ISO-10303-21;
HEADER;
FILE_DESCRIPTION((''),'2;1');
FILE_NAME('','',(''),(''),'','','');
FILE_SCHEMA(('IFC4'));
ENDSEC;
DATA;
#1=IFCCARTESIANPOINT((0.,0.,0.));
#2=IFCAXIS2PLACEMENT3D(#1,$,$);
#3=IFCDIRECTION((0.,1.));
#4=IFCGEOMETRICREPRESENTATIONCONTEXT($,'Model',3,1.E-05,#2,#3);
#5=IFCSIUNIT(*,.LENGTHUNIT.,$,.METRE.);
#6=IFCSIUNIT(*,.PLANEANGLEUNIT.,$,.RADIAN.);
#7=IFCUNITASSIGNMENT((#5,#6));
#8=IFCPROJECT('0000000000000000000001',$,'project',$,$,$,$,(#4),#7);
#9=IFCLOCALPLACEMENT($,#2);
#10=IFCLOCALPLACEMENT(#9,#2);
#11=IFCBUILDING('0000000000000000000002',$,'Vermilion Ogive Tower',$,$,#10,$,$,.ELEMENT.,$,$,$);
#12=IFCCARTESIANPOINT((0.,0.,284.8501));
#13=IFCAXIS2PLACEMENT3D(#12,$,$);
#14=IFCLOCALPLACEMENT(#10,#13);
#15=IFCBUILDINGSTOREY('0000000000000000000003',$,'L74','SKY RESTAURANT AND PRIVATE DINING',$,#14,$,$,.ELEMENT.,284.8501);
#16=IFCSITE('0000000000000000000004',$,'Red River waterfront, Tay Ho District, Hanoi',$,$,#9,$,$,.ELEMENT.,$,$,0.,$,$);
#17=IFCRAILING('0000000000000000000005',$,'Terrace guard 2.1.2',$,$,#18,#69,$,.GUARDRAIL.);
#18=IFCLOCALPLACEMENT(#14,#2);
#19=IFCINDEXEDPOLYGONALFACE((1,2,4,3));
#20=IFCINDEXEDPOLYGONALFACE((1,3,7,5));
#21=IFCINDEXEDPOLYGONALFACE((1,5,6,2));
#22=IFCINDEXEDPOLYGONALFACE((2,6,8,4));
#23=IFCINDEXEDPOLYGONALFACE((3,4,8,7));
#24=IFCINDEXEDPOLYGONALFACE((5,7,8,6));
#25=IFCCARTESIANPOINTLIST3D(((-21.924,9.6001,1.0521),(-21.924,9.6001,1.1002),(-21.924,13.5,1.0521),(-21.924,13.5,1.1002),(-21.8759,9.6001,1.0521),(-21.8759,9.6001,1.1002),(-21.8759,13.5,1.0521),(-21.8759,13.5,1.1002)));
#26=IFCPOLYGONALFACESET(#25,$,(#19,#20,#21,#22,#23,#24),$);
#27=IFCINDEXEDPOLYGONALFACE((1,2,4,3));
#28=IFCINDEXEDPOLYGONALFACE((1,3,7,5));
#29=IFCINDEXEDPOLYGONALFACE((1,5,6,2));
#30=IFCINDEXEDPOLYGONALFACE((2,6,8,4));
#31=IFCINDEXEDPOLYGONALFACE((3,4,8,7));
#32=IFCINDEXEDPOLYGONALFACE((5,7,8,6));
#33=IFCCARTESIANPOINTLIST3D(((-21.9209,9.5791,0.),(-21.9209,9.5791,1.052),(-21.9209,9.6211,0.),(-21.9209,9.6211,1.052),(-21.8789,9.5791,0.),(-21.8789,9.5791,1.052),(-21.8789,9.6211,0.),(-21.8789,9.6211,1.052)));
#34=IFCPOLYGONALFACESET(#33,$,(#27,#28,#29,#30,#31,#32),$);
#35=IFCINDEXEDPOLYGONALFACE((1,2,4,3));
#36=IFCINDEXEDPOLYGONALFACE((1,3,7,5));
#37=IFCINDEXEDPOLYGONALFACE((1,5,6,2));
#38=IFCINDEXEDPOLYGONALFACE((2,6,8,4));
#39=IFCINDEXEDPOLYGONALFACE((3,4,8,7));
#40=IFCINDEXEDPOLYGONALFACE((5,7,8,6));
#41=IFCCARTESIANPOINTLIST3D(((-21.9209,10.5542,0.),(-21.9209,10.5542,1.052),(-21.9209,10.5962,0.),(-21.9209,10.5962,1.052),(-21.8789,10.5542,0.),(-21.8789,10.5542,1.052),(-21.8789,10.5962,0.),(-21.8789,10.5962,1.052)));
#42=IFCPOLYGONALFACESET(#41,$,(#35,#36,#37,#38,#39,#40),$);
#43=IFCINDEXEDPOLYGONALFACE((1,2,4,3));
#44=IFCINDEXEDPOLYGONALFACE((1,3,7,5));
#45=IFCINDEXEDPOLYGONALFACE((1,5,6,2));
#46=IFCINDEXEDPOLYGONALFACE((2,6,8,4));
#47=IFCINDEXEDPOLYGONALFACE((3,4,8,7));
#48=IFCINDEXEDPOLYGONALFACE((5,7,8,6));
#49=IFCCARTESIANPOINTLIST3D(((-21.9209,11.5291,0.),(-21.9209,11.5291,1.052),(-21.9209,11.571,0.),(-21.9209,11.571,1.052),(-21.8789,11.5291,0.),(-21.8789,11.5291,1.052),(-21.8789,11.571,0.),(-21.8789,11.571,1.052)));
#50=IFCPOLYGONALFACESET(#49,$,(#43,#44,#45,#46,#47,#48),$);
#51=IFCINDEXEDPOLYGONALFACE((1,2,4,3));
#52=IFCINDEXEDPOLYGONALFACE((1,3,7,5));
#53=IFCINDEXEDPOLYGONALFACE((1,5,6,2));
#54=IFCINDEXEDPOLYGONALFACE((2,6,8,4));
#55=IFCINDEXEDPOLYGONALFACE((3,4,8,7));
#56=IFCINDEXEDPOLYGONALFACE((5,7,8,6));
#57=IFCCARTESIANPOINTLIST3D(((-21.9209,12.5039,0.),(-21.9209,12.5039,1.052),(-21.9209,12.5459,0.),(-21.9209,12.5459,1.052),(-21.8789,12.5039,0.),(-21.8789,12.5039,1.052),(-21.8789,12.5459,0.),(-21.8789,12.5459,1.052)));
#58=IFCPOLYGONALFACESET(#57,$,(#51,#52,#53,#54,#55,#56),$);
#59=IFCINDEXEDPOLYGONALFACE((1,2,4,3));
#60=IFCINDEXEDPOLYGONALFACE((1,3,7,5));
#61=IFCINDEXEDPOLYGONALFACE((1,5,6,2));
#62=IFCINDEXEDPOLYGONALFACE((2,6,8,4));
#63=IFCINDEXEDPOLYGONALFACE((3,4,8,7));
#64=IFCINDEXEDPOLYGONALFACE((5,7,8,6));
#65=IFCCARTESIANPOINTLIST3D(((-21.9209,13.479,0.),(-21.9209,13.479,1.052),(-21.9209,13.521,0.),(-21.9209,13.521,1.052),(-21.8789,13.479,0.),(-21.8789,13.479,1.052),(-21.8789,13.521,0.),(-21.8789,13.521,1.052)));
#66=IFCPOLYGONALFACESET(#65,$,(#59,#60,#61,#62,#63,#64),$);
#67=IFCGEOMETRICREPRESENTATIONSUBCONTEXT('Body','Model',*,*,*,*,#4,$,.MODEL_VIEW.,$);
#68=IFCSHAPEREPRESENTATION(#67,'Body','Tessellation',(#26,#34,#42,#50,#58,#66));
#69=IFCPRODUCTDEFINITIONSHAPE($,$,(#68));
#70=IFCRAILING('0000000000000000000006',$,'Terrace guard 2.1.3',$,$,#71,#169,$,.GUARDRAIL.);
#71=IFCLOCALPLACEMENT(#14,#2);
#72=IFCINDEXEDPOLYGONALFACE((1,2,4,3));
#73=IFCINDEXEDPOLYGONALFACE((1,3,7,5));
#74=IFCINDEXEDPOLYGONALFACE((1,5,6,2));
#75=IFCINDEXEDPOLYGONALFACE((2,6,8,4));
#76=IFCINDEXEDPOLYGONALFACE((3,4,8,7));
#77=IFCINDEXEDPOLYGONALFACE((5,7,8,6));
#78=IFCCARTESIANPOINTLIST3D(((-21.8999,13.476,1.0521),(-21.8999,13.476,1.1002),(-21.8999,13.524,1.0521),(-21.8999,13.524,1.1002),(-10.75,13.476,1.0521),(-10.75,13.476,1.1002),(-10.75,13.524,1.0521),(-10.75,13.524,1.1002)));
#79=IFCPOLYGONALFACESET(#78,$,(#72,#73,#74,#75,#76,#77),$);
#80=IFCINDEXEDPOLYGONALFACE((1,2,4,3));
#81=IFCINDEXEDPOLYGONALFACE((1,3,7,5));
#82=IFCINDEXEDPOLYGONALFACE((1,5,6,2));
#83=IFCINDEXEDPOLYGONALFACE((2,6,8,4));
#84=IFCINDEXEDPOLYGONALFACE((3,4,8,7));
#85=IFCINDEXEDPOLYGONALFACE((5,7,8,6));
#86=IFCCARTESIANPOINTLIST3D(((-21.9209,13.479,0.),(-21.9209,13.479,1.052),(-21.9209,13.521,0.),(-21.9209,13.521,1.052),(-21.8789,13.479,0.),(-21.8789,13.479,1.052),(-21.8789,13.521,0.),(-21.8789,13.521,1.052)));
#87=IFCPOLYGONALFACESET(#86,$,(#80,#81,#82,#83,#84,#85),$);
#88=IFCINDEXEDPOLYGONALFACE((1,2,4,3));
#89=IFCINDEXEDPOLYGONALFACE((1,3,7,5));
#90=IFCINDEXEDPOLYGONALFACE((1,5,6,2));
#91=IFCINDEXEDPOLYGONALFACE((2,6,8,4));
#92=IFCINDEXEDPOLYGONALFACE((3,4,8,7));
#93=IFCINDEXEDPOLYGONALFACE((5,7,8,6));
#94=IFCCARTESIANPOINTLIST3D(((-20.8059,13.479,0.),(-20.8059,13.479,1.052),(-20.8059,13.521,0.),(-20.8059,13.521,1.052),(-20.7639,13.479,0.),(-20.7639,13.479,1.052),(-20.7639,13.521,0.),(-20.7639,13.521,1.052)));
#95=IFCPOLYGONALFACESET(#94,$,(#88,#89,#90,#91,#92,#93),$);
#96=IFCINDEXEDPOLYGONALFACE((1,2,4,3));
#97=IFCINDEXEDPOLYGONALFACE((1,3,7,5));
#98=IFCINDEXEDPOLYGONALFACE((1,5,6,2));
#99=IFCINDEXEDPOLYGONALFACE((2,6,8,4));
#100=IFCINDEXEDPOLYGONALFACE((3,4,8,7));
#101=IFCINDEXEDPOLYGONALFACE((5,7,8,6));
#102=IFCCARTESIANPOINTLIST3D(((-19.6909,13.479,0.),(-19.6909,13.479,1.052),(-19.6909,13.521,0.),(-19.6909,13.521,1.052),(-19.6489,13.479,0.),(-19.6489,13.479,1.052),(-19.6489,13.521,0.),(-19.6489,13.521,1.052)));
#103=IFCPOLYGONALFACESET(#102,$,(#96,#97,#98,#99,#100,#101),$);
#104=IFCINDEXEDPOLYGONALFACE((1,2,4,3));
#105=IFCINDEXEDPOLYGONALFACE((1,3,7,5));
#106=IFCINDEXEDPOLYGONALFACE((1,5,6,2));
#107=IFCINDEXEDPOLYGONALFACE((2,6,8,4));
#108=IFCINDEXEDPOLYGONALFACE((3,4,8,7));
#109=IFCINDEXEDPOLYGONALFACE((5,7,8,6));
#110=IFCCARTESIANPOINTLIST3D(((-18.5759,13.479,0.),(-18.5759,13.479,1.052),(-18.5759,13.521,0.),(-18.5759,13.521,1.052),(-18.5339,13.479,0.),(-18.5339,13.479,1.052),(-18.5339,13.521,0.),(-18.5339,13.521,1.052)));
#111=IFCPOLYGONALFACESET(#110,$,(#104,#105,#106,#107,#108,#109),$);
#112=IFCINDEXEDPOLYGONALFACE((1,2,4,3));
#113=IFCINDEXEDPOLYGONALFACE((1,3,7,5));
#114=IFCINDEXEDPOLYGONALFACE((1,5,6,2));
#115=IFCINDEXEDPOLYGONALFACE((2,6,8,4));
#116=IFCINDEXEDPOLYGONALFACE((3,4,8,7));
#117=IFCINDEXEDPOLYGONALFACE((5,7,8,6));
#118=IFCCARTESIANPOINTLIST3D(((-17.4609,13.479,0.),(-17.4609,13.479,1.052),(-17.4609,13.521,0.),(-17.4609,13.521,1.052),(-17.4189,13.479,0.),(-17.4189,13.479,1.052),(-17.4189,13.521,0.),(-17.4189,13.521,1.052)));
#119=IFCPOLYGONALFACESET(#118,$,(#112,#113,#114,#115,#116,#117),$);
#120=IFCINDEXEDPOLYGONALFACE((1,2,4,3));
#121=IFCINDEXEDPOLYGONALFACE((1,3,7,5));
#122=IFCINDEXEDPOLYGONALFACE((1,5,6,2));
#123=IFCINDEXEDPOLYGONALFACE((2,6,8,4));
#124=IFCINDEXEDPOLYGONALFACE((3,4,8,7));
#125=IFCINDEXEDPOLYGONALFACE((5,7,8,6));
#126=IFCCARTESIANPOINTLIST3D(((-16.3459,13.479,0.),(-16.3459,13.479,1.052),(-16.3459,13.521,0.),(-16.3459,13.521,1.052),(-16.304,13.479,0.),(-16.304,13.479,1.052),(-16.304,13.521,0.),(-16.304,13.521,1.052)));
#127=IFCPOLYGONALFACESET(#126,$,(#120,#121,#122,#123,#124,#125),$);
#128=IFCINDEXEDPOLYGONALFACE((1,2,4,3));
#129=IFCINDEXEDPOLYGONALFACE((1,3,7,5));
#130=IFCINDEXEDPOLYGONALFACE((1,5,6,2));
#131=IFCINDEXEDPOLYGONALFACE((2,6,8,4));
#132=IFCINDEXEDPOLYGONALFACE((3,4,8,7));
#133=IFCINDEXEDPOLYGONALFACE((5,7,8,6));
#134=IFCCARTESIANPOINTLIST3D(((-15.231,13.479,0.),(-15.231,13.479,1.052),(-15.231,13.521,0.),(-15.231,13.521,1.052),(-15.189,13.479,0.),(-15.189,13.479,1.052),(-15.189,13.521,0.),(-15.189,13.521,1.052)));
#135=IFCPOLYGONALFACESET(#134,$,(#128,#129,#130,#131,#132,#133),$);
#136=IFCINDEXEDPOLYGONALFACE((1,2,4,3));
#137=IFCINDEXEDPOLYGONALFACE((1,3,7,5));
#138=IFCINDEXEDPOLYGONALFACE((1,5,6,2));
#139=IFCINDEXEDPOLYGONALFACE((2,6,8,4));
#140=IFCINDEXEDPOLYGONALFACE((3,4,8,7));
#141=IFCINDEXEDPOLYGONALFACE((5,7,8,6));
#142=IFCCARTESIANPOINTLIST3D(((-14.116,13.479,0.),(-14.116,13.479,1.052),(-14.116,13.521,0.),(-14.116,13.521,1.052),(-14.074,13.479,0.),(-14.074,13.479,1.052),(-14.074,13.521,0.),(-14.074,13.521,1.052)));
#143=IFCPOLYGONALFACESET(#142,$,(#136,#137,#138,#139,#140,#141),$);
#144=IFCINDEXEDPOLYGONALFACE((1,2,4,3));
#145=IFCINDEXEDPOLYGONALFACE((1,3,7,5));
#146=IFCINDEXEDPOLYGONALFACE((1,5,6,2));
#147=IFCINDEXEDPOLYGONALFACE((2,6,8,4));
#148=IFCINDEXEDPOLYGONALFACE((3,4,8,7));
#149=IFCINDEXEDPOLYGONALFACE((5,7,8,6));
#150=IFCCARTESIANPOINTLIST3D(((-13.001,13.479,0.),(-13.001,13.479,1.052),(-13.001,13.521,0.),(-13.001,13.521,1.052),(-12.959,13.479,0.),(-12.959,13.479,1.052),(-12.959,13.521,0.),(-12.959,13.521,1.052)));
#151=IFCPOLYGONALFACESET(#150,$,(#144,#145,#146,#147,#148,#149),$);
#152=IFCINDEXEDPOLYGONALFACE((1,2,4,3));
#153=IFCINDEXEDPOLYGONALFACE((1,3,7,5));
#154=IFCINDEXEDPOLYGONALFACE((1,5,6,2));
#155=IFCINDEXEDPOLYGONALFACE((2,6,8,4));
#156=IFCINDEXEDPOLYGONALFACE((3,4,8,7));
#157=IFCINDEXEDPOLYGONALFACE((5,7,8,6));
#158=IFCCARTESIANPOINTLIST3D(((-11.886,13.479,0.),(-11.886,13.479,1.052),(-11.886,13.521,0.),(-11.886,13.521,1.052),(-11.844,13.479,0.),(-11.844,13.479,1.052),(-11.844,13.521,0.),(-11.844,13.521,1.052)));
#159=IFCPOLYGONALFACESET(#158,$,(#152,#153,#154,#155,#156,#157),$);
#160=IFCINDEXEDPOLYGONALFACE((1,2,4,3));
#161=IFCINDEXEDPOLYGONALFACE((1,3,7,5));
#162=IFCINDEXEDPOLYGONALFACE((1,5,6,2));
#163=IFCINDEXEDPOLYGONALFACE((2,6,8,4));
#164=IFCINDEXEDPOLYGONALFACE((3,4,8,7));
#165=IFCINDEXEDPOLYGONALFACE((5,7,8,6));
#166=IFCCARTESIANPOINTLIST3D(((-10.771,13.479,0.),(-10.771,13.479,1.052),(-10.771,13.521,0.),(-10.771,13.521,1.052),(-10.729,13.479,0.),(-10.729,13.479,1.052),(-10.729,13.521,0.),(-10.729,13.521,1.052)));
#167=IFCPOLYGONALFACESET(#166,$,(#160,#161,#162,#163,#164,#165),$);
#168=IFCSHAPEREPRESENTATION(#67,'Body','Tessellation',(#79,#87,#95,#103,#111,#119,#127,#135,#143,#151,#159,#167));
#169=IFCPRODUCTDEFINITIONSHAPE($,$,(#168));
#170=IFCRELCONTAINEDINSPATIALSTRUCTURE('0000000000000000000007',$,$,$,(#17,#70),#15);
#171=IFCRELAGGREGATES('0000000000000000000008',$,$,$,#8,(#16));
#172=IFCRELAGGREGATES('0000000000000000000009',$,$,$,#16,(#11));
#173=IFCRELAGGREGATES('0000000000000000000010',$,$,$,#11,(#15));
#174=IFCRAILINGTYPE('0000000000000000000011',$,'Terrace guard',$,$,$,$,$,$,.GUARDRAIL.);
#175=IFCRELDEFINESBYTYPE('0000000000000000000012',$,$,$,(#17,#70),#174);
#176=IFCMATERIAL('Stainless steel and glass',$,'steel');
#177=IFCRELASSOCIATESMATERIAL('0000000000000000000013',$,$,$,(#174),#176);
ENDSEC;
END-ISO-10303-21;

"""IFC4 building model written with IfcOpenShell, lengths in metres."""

from ifc_helpers import new_model, si_unit, direction, frame, origin, origin_2d, place, context, subcontext, project, spatial, rectangle, extrude, material, type_object, element, save


model = new_model("IFC4")

# Units and contexts
model_context = context("Model", 3, precision=1e-05, world=origin(), true_north=direction((0.0, 1.0)))
body_context = subcontext(model_context, "Body", "Model", "MODEL_VIEW")
ifc_project = project(units=[si_unit("LENGTHUNIT", "METRE"), si_unit("PLANEANGLEUNIT", "RADIAN")], contexts=[model_context])

# Site, building, storey
site_placement = place(None, origin())
site = spatial("IfcSite", under=ifc_project, at=site_placement, Name="Red River waterfront, Tay Ho District, Hanoi", CompositionType="ELEMENT", RefElevation=0.0)
building_placement = place(site_placement, origin())
building = spatial("IfcBuilding", under=site, at=building_placement, Name="Vermilion Ogive Tower", CompositionType="ELEMENT")
storey_placement = place(building_placement, frame((0.0, 0.0, 284.8501)))
storey = spatial("IfcBuildingStorey", under=building, at=storey_placement, Name="L74", Description="SKY RESTAURANT AND PRIVATE DINING", CompositionType="ELEMENT", Elevation=284.8501)

# Railings
ifc_material_1 = material(Name="Stainless steel and glass", Category="steel")
railing_type = type_object("IfcRailingType", Name="Terrace guard", PredefinedType="GUARDRAIL", material=ifc_material_1)
railing_1_placement = place(storey_placement, frame((-21.8999, 9.6001, 0.0)))
element("IfcRailing", 1, at=railing_1_placement, inside=storey, type_object=railing_type, Name="Terrace guard 2.1.2", PredefinedType="GUARDRAIL", context=body_context, shape_type="SweptSolid", body=[
    extrude(rectangle(XDim=0.0481, YDim=0.0481, at=origin_2d()), frame((0.0, 0.0, 1.0762), z_axis=(0.0, 1.0, 0.0), x_axis=(-1.0, 0.0, 0.0)), (0.0, 0.0, 1.0), 3.8999),
    extrude(rectangle(XDim=0.042, YDim=0.042, at=origin_2d()), origin(), (0.0, 0.0, 1.0), 1.052),
    extrude(rectangle(XDim=0.042, YDim=0.042, at=origin_2d()), frame((0.0, 0.9751, 0.0)), (0.0, 0.0, 1.0), 1.052),
    extrude(rectangle(XDim=0.042, YDim=0.042, at=origin_2d()), frame((0.0, 1.95, 0.0)), (0.0, 0.0, 1.0), 1.052),
    extrude(rectangle(XDim=0.042, YDim=0.042, at=origin_2d()), frame((0.0, 2.9248, 0.0)), (0.0, 0.0, 1.0), 1.052),
    extrude(rectangle(XDim=0.042, YDim=0.042, at=origin_2d()), frame((0.0, 3.8999, 0.0)), (0.0, 0.0, 1.0), 1.052),
])
railing_2_placement = place(storey_placement, frame((-21.8999, 13.5, 0.0)))
element("IfcRailing", 2, at=railing_2_placement, inside=storey, type_object=railing_type, Name="Terrace guard 2.1.3", PredefinedType="GUARDRAIL", context=body_context, shape_type="SweptSolid", body=[
    extrude(rectangle(XDim=0.0481, YDim=0.0481, at=origin_2d()), frame((0.0, 0.0, 1.0762), z_axis=(1.0, 0.0, 0.0), x_axis=(0.0, 1.0, 0.0)), (0.0, 0.0, 1.0), 11.1499),
    extrude(rectangle(XDim=0.042, YDim=0.042, at=origin_2d()), origin(), (0.0, 0.0, 1.0), 1.052),
    extrude(rectangle(XDim=0.042, YDim=0.042, at=origin_2d()), frame((1.115, 0.0, 0.0)), (0.0, 0.0, 1.0), 1.052),
    extrude(rectangle(XDim=0.042, YDim=0.042, at=origin_2d()), frame((2.23, 0.0, 0.0)), (0.0, 0.0, 1.0), 1.052),
    extrude(rectangle(XDim=0.042, YDim=0.042, at=origin_2d()), frame((3.345, 0.0, 0.0)), (0.0, 0.0, 1.0), 1.052),
    extrude(rectangle(XDim=0.042, YDim=0.042, at=origin_2d()), frame((4.46, 0.0, 0.0)), (0.0, 0.0, 1.0), 1.052),
    extrude(rectangle(XDim=0.042, YDim=0.042, at=origin_2d()), frame((5.575, 0.0, 0.0)), (0.0, 0.0, 1.0), 1.052),
    extrude(rectangle(XDim=0.042, YDim=0.042, at=origin_2d()), frame((6.6899, 0.0, 0.0)), (0.0, 0.0, 1.0), 1.052),
    extrude(rectangle(XDim=0.042, YDim=0.042, at=origin_2d()), frame((7.8049, 0.0, 0.0)), (0.0, 0.0, 1.0), 1.052),
    extrude(rectangle(XDim=0.042, YDim=0.042, at=origin_2d()), frame((8.9199, 0.0, 0.0)), (0.0, 0.0, 1.0), 1.052),
    extrude(rectangle(XDim=0.042, YDim=0.042, at=origin_2d()), frame((10.0349, 0.0, 0.0)), (0.0, 0.0, 1.0), 1.052),
    extrude(rectangle(XDim=0.042, YDim=0.042, at=origin_2d()), frame((11.1499, 0.0, 0.0)), (0.0, 0.0, 1.0), 1.052),
])

save(model, "model.ifc")
